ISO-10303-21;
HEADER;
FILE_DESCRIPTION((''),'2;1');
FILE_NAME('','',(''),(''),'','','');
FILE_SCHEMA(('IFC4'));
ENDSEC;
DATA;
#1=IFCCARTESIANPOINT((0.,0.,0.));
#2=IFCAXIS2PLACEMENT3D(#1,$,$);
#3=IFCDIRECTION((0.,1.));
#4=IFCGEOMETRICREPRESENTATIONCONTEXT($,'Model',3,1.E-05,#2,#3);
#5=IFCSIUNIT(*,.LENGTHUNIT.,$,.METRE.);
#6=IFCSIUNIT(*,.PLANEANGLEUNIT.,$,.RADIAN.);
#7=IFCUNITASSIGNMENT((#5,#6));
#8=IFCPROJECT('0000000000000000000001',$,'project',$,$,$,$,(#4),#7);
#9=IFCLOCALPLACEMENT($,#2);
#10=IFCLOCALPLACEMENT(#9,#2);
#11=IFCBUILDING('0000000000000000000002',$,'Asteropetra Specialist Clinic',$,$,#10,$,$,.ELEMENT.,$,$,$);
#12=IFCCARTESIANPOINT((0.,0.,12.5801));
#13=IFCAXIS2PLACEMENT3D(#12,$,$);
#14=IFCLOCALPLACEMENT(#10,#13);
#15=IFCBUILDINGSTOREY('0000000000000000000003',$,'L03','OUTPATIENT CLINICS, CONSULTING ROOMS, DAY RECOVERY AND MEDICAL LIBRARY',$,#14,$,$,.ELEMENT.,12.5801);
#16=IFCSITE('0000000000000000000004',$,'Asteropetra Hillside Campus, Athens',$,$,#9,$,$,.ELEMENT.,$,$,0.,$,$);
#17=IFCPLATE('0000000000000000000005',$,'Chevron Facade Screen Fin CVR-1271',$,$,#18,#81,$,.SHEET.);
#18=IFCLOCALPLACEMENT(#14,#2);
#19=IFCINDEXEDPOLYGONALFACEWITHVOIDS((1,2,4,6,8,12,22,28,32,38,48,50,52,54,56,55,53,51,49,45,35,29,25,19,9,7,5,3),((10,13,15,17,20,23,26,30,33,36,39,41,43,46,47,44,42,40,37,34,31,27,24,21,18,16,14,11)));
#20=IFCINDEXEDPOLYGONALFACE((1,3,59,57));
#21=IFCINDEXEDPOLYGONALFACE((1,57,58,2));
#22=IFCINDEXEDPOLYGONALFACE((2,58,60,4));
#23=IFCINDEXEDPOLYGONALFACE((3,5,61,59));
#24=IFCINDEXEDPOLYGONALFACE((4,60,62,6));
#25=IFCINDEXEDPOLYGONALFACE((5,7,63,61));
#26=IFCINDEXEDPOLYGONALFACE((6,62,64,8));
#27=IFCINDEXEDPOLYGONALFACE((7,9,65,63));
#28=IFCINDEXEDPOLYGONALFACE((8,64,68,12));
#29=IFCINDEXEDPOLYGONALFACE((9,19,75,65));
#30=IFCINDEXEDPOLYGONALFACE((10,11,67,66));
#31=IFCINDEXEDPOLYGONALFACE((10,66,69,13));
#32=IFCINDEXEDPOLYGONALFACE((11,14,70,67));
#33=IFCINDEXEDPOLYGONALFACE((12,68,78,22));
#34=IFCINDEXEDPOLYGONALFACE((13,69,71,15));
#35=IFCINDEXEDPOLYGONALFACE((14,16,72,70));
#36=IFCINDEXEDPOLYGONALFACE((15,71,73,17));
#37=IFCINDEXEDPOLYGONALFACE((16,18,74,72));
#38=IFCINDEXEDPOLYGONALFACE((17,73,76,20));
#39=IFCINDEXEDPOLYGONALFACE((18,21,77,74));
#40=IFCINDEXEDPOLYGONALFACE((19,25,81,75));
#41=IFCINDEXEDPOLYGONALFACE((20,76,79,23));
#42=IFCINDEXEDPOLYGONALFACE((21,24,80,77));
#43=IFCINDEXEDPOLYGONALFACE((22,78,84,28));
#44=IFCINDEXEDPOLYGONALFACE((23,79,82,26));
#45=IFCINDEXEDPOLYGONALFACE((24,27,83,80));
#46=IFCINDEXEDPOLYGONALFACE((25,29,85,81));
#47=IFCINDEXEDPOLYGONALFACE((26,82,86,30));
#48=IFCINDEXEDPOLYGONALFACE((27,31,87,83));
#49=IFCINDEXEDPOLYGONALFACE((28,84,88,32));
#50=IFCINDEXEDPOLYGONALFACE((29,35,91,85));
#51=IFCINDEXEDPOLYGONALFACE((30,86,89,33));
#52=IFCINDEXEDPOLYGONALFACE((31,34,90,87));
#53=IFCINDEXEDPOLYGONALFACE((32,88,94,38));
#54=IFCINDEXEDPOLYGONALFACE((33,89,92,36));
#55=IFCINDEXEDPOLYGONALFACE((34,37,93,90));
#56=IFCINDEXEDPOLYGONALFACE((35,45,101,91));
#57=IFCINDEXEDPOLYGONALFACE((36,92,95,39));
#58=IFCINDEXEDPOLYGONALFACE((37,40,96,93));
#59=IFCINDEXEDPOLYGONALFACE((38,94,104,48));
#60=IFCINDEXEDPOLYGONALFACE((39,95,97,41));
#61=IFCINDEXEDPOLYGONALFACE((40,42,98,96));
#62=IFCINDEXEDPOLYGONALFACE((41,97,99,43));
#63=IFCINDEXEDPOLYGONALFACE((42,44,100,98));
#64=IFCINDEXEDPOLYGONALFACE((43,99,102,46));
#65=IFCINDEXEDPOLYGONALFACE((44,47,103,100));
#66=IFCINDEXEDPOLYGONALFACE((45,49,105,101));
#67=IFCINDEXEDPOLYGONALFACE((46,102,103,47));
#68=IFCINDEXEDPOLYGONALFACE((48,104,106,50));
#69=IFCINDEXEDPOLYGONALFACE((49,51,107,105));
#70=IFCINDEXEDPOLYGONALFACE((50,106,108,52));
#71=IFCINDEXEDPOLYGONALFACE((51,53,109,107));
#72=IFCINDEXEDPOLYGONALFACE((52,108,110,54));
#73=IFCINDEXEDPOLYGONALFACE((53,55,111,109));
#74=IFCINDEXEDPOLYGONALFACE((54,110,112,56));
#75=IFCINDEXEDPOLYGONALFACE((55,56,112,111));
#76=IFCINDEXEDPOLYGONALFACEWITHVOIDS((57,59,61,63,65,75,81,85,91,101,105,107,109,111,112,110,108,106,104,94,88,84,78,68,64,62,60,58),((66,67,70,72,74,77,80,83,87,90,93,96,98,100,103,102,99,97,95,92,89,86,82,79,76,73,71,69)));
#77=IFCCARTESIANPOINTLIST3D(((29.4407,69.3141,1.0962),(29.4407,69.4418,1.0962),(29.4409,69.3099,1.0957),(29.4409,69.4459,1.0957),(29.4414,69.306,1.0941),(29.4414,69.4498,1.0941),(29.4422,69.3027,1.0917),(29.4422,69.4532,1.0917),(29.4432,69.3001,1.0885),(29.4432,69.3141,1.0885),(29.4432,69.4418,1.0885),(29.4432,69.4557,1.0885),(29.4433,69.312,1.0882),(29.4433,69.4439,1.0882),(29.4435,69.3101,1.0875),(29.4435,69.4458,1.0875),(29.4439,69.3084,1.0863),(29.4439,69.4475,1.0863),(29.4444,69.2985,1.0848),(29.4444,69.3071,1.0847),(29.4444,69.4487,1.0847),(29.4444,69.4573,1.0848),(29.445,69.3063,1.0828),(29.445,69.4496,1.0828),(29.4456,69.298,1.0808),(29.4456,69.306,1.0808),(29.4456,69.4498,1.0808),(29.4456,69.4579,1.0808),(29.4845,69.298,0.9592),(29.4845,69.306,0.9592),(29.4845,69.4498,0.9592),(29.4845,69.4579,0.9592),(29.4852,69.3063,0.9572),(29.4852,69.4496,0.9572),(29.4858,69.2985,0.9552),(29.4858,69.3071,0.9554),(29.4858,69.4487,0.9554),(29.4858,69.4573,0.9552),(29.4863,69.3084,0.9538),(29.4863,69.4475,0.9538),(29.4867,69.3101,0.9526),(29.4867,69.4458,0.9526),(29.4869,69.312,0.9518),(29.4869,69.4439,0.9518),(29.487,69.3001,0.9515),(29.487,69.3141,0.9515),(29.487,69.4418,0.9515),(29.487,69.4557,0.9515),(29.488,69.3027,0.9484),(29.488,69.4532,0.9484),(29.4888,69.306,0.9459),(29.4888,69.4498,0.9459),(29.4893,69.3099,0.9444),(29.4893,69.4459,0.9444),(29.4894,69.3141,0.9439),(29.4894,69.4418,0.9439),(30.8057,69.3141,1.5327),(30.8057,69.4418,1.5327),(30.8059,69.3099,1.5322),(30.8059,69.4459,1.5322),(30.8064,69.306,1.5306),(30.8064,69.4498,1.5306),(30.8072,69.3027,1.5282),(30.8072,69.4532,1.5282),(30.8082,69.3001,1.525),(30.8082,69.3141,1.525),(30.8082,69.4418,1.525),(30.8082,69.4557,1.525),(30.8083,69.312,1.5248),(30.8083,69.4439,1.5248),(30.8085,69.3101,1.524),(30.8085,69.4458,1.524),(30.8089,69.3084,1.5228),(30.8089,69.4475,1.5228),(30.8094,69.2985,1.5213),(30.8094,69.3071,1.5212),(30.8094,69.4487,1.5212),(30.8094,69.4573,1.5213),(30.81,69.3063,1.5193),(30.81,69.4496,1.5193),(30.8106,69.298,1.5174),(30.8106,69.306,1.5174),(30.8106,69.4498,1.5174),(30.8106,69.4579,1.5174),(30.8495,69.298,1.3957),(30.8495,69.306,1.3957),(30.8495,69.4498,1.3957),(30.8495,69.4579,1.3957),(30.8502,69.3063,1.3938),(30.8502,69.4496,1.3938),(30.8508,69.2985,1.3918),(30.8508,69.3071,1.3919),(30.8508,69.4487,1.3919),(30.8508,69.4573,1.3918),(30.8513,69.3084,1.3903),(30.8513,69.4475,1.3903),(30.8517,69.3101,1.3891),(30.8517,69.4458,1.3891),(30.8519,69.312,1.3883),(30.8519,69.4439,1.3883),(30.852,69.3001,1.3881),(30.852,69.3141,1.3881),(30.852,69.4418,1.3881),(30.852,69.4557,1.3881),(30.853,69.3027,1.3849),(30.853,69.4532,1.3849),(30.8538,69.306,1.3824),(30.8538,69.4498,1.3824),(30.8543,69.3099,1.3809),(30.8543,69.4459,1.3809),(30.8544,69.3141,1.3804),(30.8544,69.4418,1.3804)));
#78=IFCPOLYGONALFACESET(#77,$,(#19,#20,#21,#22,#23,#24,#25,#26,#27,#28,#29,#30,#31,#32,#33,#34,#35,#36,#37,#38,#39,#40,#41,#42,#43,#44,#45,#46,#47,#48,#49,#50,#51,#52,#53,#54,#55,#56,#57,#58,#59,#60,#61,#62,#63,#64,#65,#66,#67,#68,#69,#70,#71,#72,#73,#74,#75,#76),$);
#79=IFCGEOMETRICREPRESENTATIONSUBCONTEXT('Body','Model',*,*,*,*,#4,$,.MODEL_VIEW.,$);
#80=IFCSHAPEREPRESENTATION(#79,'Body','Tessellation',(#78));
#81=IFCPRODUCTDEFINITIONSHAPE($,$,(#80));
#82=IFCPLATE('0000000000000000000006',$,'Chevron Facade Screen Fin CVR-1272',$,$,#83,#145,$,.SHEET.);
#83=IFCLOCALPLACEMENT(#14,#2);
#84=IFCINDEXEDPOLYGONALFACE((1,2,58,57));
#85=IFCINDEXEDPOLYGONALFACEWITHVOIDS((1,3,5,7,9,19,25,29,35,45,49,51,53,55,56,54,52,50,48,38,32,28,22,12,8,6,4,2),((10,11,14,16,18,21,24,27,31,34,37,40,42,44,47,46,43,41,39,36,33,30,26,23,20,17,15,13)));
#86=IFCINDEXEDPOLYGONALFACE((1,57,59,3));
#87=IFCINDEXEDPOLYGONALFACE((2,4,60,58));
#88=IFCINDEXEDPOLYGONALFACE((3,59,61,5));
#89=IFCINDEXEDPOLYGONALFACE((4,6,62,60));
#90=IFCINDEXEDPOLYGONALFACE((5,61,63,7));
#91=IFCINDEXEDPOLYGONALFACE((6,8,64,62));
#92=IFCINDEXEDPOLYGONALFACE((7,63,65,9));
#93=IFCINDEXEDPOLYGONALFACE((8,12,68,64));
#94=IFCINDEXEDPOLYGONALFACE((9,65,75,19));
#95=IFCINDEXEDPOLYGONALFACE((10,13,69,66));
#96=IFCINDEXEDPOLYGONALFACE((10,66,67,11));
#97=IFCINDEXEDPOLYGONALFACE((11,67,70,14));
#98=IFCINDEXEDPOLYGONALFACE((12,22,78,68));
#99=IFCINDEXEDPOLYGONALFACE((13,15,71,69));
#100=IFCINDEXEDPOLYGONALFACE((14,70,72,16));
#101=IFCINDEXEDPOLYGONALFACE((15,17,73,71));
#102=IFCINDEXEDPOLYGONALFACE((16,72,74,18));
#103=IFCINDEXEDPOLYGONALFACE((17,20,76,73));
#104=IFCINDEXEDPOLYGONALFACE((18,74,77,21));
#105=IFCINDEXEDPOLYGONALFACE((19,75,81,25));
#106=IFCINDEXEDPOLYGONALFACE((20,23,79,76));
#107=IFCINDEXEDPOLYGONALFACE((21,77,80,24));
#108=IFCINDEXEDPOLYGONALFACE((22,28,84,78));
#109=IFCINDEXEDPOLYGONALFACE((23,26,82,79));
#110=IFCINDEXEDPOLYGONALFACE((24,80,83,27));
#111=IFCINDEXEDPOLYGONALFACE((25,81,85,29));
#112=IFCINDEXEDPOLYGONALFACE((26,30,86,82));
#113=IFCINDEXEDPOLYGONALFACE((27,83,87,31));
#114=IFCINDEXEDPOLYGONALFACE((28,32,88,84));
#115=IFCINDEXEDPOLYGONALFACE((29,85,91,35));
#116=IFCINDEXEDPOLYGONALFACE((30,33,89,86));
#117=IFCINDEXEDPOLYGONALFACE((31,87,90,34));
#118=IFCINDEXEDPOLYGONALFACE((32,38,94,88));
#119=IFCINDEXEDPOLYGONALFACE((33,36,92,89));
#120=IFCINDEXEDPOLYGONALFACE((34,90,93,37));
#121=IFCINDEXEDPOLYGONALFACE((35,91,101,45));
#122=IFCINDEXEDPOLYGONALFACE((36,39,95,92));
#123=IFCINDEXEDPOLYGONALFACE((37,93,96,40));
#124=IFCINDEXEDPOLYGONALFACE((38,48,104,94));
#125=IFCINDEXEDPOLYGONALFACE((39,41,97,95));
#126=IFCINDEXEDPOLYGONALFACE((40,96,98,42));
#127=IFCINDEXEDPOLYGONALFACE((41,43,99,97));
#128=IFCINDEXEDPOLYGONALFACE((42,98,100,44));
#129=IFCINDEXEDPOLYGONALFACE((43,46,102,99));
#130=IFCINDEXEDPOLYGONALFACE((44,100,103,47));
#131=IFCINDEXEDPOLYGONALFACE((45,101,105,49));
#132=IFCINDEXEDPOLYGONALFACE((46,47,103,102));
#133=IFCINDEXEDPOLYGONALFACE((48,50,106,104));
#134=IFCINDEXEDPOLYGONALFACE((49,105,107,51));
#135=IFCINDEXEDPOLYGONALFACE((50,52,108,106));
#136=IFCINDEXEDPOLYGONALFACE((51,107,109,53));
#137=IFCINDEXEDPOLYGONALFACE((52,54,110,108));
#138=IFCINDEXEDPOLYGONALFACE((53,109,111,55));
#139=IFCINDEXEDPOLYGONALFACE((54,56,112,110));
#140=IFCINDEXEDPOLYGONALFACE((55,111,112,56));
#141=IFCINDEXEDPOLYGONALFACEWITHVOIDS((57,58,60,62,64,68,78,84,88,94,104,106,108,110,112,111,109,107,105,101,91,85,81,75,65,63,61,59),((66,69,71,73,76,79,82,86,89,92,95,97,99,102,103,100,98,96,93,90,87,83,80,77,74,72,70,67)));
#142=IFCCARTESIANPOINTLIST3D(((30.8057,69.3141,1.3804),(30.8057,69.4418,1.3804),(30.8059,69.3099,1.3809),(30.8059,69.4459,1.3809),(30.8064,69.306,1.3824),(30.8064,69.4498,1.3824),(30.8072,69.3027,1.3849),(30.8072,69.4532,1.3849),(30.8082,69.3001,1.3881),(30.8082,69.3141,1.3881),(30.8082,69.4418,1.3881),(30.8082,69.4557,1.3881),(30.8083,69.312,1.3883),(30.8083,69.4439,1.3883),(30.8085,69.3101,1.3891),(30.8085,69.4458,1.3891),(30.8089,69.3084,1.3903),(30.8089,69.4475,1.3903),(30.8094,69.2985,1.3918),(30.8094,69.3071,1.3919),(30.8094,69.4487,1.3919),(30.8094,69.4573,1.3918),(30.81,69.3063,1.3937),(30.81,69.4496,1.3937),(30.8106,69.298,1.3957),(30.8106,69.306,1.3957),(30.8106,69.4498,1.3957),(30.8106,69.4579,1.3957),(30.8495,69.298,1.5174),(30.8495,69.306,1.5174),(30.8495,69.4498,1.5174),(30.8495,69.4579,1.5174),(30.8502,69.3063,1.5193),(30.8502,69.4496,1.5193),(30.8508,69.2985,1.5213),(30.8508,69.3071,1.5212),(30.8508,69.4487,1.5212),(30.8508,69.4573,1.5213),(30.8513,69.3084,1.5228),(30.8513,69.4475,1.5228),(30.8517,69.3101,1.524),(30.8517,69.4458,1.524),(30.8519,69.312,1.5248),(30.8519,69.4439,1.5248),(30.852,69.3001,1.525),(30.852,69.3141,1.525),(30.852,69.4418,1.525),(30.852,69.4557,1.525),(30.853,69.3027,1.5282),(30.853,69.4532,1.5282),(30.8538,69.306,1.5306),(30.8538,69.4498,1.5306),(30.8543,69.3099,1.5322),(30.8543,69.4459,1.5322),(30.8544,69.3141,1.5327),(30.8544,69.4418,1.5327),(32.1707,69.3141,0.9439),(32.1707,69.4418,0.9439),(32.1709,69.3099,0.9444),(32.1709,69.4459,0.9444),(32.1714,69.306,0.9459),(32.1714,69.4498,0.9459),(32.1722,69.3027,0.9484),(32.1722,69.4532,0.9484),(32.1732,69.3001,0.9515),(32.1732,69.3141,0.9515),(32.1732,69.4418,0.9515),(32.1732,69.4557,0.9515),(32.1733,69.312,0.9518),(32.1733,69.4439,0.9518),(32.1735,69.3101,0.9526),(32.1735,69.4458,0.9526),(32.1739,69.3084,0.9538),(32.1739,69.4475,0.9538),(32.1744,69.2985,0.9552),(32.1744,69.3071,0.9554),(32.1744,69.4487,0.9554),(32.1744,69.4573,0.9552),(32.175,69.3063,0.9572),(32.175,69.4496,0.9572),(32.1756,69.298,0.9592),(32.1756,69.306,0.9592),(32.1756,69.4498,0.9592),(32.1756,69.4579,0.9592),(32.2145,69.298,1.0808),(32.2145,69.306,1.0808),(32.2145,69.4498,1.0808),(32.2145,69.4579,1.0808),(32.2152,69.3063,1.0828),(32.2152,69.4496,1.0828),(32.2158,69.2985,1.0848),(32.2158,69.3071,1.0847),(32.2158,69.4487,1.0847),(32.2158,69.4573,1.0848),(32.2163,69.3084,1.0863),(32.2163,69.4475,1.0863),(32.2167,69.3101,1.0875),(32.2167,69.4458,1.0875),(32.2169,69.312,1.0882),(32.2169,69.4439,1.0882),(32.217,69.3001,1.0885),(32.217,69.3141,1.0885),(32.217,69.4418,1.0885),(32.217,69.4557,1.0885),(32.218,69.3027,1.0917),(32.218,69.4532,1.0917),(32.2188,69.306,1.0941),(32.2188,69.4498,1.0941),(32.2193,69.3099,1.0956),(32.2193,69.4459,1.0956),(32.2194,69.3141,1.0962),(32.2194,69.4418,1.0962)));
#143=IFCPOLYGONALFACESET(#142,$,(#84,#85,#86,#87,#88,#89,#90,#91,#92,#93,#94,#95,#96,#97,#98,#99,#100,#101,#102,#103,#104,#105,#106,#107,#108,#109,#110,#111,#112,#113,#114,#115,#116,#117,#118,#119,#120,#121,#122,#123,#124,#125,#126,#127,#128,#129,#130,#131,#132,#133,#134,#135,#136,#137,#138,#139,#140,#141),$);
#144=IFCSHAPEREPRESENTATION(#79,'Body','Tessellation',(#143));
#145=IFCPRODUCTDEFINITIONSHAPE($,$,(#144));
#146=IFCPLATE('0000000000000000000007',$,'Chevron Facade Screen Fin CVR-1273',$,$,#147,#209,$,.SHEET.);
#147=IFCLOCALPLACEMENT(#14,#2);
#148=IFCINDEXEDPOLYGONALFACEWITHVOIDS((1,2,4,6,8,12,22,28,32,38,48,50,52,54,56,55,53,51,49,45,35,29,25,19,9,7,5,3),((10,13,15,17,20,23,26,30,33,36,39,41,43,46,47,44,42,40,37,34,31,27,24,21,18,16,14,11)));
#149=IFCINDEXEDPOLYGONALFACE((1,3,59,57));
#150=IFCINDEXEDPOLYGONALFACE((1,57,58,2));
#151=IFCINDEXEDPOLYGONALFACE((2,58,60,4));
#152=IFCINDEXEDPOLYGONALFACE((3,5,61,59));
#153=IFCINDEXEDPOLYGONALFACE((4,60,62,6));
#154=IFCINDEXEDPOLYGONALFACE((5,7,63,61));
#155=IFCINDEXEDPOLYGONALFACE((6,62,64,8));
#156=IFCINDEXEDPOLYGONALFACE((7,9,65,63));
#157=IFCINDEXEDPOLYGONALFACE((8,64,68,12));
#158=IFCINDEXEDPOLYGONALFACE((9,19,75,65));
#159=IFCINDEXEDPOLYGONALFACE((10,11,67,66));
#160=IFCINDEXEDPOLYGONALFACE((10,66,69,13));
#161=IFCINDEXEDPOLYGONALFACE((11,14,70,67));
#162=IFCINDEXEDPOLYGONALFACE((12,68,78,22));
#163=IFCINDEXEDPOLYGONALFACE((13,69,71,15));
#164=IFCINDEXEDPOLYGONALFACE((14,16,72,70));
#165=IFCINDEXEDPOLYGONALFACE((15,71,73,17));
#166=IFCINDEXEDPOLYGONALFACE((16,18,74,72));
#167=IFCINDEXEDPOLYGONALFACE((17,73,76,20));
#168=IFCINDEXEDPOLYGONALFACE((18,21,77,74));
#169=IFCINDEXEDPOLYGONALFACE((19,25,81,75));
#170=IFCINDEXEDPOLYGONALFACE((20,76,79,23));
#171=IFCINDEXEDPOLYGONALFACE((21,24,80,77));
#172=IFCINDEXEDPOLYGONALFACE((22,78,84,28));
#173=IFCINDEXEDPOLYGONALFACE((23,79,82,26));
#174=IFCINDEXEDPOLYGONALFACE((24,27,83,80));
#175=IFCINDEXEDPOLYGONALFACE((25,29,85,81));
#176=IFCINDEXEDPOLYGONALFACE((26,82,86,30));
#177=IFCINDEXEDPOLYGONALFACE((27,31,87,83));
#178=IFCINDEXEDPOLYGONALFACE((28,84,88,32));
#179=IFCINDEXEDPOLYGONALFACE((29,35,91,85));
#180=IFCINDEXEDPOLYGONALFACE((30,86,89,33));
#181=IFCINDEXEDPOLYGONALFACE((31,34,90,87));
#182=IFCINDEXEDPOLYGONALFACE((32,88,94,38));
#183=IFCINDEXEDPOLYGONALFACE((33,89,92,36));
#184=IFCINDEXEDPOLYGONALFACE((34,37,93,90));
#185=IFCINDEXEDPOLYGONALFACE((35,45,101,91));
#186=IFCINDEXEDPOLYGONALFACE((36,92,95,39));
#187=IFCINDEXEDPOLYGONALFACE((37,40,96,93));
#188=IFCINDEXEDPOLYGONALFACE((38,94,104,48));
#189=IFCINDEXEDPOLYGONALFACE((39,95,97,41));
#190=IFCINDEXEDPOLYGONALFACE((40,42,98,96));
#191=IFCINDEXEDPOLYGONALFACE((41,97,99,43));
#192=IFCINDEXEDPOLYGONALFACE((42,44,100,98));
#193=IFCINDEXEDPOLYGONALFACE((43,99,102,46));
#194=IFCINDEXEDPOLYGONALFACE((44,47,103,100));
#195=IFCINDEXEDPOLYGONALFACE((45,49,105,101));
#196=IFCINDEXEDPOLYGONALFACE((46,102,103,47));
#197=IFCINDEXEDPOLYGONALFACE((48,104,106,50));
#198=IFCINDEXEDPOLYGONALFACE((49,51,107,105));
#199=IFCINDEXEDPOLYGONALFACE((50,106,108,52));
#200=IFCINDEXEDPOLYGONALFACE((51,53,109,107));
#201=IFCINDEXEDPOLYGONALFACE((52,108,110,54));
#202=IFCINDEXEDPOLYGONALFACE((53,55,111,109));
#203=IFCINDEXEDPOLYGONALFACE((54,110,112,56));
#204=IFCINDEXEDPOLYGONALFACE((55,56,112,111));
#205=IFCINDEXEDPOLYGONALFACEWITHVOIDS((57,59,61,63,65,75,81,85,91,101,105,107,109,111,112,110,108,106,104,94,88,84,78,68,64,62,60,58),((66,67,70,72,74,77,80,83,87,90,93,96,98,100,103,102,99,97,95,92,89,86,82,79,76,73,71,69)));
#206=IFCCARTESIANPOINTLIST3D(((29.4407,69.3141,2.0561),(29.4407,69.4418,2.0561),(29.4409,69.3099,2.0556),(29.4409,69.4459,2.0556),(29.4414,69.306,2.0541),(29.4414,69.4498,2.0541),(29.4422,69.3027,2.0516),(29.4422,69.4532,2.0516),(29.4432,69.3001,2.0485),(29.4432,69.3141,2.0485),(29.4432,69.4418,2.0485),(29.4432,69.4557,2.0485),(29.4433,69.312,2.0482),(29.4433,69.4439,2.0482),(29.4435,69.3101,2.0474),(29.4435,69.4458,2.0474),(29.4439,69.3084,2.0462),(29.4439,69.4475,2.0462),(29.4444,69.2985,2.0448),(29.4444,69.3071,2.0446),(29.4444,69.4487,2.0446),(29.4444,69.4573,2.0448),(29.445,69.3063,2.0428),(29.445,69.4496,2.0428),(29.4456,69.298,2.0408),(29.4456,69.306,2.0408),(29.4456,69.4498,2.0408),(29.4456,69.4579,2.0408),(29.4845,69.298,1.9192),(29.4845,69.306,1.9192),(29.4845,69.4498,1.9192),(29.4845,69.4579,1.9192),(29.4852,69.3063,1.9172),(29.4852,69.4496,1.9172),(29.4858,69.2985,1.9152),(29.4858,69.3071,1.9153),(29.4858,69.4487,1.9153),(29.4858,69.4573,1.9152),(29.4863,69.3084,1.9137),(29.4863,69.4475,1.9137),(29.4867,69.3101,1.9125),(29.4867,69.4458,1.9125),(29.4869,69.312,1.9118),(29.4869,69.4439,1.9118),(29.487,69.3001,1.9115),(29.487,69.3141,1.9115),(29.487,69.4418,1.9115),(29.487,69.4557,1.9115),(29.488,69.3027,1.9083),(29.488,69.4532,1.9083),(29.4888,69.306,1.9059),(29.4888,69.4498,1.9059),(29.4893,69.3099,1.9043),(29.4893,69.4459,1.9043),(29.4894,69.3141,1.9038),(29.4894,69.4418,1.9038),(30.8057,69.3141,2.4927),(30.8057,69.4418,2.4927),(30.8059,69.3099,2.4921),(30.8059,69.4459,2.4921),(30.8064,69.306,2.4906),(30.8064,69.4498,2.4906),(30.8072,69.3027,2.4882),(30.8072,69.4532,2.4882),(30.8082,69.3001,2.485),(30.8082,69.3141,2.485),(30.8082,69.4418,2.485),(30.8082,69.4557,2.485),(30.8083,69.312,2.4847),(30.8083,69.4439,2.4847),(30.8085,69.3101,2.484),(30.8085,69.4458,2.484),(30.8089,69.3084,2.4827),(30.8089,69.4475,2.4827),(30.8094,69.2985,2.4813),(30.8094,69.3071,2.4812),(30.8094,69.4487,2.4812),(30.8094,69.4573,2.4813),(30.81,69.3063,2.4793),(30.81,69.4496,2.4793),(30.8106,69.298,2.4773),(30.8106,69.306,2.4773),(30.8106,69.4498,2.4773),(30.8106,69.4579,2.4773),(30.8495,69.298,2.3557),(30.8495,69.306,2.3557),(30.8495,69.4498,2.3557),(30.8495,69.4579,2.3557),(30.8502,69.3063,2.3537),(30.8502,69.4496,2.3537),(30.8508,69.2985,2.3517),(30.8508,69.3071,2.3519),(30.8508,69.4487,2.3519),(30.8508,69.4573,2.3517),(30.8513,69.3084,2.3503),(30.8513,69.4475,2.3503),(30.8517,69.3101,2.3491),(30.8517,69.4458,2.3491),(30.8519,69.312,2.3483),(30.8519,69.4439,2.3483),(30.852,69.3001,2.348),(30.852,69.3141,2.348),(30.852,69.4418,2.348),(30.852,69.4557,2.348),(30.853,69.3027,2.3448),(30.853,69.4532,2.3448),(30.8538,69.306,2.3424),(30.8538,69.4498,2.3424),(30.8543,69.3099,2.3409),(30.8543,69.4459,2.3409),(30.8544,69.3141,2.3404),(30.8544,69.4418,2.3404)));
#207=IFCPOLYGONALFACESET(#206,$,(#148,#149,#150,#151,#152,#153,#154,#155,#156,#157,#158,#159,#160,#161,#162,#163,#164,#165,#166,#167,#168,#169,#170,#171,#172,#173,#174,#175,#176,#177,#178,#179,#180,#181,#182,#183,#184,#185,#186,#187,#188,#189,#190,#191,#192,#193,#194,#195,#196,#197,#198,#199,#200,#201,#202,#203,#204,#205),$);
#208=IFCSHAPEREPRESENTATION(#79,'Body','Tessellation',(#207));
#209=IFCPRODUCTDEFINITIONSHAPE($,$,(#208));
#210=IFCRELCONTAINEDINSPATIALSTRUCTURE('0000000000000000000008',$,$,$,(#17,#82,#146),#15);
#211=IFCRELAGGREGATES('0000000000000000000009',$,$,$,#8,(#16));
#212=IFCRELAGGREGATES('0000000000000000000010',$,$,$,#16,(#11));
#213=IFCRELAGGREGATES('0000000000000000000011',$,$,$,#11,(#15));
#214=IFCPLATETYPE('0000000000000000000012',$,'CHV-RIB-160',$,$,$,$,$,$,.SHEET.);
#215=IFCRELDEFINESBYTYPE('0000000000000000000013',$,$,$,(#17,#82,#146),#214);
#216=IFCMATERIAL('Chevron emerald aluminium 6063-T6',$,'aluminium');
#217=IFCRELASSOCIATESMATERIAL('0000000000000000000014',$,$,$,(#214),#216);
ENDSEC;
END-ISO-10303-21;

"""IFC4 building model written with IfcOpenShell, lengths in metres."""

from ifc_helpers import new_model, si_unit, direction, frame, origin, origin_2d, place, context, subcontext, project, spatial, hollow_rectangle, extrude, material, material_profile, profile_set, type_object, element, save


model = new_model("IFC4")

# Units and contexts
model_context = context("Model", 3, precision=1e-05, world=origin(), true_north=direction((0.0, 1.0)))
body_context = subcontext(model_context, "Body", "Model", "MODEL_VIEW")
ifc_project = project(units=[si_unit("LENGTHUNIT", "METRE"), si_unit("PLANEANGLEUNIT", "RADIAN")], contexts=[model_context])

# Site, building, storey
site_placement = place(None, origin())
site = spatial("IfcSite", under=ifc_project, at=site_placement, Name="Asteropetra Hillside Campus, Athens", CompositionType="ELEMENT", RefElevation=0.0)
building_placement = place(site_placement, origin())
building = spatial("IfcBuilding", under=site, at=building_placement, Name="Asteropetra Specialist Clinic", CompositionType="ELEMENT")
storey_placement = place(building_placement, frame((0.0, 0.0, 12.5801)))
storey = spatial("IfcBuildingStorey", under=building, at=storey_placement, Name="L03", Description="OUTPATIENT CLINICS, CONSULTING ROOMS, DAY RECOVERY AND MEDICAL LIBRARY", CompositionType="ELEMENT", Elevation=12.5801)

# Plates
ifc_material_1 = material(Name="Chevron emerald aluminium 6063-T6", Category="aluminium")
ifc_material_profile_1 = material_profile(ifc_material_1, hollow_rectangle(XDim=0.1599, YDim=0.1599, WallThickness=0.0081, InnerFilletRadius=0.0081, OuterFilletRadius=0.0161, at=origin_2d()), Name="SHS 160x160x8.0")
ifc_profile_set_1 = profile_set([ifc_material_profile_1], Name="Chevron emerald aluminium 6063-T6")
plate_type_1 = type_object("IfcPlateType", Name="CHV-RIB-160", PredefinedType="SHEET", material=ifc_profile_set_1)
for number, where, z_axis, x_axis, name in (
    (1, (29.4651, 69.3779, 1.02), (0.95248, 0.0, 0.304603), (0.0, 1.0, 0.0), "Chevron Facade Screen Fin CVR-1271"),
    (2, (30.8301, 69.3779, 1.4565), (0.95248, 0.0, -0.304603), (0.0, 1.0, 0.0), "Chevron Facade Screen Fin CVR-1272"),
    (3, (29.4651, 69.3779, 1.98), (0.95248, 0.0, 0.304603), (0.0, 1.0, 0.0), "Chevron Facade Screen Fin CVR-1273"),
):
    element("IfcPlate", number, at=place(storey_placement, frame(where, z_axis=z_axis, x_axis=x_axis)), inside=storey, type_object=plate_type_1, Name=name, PredefinedType="SHEET", context=body_context, shape_type="SweptSolid", body=[
        extrude(hollow_rectangle(XDim=0.1599, YDim=0.1599, WallThickness=0.0081, InnerFilletRadius=0.0081, OuterFilletRadius=0.0161, at=origin_2d()), origin(), (0.0, 0.0, 1.0), 1.4331),
    ])

save(model, "model.ifc")
